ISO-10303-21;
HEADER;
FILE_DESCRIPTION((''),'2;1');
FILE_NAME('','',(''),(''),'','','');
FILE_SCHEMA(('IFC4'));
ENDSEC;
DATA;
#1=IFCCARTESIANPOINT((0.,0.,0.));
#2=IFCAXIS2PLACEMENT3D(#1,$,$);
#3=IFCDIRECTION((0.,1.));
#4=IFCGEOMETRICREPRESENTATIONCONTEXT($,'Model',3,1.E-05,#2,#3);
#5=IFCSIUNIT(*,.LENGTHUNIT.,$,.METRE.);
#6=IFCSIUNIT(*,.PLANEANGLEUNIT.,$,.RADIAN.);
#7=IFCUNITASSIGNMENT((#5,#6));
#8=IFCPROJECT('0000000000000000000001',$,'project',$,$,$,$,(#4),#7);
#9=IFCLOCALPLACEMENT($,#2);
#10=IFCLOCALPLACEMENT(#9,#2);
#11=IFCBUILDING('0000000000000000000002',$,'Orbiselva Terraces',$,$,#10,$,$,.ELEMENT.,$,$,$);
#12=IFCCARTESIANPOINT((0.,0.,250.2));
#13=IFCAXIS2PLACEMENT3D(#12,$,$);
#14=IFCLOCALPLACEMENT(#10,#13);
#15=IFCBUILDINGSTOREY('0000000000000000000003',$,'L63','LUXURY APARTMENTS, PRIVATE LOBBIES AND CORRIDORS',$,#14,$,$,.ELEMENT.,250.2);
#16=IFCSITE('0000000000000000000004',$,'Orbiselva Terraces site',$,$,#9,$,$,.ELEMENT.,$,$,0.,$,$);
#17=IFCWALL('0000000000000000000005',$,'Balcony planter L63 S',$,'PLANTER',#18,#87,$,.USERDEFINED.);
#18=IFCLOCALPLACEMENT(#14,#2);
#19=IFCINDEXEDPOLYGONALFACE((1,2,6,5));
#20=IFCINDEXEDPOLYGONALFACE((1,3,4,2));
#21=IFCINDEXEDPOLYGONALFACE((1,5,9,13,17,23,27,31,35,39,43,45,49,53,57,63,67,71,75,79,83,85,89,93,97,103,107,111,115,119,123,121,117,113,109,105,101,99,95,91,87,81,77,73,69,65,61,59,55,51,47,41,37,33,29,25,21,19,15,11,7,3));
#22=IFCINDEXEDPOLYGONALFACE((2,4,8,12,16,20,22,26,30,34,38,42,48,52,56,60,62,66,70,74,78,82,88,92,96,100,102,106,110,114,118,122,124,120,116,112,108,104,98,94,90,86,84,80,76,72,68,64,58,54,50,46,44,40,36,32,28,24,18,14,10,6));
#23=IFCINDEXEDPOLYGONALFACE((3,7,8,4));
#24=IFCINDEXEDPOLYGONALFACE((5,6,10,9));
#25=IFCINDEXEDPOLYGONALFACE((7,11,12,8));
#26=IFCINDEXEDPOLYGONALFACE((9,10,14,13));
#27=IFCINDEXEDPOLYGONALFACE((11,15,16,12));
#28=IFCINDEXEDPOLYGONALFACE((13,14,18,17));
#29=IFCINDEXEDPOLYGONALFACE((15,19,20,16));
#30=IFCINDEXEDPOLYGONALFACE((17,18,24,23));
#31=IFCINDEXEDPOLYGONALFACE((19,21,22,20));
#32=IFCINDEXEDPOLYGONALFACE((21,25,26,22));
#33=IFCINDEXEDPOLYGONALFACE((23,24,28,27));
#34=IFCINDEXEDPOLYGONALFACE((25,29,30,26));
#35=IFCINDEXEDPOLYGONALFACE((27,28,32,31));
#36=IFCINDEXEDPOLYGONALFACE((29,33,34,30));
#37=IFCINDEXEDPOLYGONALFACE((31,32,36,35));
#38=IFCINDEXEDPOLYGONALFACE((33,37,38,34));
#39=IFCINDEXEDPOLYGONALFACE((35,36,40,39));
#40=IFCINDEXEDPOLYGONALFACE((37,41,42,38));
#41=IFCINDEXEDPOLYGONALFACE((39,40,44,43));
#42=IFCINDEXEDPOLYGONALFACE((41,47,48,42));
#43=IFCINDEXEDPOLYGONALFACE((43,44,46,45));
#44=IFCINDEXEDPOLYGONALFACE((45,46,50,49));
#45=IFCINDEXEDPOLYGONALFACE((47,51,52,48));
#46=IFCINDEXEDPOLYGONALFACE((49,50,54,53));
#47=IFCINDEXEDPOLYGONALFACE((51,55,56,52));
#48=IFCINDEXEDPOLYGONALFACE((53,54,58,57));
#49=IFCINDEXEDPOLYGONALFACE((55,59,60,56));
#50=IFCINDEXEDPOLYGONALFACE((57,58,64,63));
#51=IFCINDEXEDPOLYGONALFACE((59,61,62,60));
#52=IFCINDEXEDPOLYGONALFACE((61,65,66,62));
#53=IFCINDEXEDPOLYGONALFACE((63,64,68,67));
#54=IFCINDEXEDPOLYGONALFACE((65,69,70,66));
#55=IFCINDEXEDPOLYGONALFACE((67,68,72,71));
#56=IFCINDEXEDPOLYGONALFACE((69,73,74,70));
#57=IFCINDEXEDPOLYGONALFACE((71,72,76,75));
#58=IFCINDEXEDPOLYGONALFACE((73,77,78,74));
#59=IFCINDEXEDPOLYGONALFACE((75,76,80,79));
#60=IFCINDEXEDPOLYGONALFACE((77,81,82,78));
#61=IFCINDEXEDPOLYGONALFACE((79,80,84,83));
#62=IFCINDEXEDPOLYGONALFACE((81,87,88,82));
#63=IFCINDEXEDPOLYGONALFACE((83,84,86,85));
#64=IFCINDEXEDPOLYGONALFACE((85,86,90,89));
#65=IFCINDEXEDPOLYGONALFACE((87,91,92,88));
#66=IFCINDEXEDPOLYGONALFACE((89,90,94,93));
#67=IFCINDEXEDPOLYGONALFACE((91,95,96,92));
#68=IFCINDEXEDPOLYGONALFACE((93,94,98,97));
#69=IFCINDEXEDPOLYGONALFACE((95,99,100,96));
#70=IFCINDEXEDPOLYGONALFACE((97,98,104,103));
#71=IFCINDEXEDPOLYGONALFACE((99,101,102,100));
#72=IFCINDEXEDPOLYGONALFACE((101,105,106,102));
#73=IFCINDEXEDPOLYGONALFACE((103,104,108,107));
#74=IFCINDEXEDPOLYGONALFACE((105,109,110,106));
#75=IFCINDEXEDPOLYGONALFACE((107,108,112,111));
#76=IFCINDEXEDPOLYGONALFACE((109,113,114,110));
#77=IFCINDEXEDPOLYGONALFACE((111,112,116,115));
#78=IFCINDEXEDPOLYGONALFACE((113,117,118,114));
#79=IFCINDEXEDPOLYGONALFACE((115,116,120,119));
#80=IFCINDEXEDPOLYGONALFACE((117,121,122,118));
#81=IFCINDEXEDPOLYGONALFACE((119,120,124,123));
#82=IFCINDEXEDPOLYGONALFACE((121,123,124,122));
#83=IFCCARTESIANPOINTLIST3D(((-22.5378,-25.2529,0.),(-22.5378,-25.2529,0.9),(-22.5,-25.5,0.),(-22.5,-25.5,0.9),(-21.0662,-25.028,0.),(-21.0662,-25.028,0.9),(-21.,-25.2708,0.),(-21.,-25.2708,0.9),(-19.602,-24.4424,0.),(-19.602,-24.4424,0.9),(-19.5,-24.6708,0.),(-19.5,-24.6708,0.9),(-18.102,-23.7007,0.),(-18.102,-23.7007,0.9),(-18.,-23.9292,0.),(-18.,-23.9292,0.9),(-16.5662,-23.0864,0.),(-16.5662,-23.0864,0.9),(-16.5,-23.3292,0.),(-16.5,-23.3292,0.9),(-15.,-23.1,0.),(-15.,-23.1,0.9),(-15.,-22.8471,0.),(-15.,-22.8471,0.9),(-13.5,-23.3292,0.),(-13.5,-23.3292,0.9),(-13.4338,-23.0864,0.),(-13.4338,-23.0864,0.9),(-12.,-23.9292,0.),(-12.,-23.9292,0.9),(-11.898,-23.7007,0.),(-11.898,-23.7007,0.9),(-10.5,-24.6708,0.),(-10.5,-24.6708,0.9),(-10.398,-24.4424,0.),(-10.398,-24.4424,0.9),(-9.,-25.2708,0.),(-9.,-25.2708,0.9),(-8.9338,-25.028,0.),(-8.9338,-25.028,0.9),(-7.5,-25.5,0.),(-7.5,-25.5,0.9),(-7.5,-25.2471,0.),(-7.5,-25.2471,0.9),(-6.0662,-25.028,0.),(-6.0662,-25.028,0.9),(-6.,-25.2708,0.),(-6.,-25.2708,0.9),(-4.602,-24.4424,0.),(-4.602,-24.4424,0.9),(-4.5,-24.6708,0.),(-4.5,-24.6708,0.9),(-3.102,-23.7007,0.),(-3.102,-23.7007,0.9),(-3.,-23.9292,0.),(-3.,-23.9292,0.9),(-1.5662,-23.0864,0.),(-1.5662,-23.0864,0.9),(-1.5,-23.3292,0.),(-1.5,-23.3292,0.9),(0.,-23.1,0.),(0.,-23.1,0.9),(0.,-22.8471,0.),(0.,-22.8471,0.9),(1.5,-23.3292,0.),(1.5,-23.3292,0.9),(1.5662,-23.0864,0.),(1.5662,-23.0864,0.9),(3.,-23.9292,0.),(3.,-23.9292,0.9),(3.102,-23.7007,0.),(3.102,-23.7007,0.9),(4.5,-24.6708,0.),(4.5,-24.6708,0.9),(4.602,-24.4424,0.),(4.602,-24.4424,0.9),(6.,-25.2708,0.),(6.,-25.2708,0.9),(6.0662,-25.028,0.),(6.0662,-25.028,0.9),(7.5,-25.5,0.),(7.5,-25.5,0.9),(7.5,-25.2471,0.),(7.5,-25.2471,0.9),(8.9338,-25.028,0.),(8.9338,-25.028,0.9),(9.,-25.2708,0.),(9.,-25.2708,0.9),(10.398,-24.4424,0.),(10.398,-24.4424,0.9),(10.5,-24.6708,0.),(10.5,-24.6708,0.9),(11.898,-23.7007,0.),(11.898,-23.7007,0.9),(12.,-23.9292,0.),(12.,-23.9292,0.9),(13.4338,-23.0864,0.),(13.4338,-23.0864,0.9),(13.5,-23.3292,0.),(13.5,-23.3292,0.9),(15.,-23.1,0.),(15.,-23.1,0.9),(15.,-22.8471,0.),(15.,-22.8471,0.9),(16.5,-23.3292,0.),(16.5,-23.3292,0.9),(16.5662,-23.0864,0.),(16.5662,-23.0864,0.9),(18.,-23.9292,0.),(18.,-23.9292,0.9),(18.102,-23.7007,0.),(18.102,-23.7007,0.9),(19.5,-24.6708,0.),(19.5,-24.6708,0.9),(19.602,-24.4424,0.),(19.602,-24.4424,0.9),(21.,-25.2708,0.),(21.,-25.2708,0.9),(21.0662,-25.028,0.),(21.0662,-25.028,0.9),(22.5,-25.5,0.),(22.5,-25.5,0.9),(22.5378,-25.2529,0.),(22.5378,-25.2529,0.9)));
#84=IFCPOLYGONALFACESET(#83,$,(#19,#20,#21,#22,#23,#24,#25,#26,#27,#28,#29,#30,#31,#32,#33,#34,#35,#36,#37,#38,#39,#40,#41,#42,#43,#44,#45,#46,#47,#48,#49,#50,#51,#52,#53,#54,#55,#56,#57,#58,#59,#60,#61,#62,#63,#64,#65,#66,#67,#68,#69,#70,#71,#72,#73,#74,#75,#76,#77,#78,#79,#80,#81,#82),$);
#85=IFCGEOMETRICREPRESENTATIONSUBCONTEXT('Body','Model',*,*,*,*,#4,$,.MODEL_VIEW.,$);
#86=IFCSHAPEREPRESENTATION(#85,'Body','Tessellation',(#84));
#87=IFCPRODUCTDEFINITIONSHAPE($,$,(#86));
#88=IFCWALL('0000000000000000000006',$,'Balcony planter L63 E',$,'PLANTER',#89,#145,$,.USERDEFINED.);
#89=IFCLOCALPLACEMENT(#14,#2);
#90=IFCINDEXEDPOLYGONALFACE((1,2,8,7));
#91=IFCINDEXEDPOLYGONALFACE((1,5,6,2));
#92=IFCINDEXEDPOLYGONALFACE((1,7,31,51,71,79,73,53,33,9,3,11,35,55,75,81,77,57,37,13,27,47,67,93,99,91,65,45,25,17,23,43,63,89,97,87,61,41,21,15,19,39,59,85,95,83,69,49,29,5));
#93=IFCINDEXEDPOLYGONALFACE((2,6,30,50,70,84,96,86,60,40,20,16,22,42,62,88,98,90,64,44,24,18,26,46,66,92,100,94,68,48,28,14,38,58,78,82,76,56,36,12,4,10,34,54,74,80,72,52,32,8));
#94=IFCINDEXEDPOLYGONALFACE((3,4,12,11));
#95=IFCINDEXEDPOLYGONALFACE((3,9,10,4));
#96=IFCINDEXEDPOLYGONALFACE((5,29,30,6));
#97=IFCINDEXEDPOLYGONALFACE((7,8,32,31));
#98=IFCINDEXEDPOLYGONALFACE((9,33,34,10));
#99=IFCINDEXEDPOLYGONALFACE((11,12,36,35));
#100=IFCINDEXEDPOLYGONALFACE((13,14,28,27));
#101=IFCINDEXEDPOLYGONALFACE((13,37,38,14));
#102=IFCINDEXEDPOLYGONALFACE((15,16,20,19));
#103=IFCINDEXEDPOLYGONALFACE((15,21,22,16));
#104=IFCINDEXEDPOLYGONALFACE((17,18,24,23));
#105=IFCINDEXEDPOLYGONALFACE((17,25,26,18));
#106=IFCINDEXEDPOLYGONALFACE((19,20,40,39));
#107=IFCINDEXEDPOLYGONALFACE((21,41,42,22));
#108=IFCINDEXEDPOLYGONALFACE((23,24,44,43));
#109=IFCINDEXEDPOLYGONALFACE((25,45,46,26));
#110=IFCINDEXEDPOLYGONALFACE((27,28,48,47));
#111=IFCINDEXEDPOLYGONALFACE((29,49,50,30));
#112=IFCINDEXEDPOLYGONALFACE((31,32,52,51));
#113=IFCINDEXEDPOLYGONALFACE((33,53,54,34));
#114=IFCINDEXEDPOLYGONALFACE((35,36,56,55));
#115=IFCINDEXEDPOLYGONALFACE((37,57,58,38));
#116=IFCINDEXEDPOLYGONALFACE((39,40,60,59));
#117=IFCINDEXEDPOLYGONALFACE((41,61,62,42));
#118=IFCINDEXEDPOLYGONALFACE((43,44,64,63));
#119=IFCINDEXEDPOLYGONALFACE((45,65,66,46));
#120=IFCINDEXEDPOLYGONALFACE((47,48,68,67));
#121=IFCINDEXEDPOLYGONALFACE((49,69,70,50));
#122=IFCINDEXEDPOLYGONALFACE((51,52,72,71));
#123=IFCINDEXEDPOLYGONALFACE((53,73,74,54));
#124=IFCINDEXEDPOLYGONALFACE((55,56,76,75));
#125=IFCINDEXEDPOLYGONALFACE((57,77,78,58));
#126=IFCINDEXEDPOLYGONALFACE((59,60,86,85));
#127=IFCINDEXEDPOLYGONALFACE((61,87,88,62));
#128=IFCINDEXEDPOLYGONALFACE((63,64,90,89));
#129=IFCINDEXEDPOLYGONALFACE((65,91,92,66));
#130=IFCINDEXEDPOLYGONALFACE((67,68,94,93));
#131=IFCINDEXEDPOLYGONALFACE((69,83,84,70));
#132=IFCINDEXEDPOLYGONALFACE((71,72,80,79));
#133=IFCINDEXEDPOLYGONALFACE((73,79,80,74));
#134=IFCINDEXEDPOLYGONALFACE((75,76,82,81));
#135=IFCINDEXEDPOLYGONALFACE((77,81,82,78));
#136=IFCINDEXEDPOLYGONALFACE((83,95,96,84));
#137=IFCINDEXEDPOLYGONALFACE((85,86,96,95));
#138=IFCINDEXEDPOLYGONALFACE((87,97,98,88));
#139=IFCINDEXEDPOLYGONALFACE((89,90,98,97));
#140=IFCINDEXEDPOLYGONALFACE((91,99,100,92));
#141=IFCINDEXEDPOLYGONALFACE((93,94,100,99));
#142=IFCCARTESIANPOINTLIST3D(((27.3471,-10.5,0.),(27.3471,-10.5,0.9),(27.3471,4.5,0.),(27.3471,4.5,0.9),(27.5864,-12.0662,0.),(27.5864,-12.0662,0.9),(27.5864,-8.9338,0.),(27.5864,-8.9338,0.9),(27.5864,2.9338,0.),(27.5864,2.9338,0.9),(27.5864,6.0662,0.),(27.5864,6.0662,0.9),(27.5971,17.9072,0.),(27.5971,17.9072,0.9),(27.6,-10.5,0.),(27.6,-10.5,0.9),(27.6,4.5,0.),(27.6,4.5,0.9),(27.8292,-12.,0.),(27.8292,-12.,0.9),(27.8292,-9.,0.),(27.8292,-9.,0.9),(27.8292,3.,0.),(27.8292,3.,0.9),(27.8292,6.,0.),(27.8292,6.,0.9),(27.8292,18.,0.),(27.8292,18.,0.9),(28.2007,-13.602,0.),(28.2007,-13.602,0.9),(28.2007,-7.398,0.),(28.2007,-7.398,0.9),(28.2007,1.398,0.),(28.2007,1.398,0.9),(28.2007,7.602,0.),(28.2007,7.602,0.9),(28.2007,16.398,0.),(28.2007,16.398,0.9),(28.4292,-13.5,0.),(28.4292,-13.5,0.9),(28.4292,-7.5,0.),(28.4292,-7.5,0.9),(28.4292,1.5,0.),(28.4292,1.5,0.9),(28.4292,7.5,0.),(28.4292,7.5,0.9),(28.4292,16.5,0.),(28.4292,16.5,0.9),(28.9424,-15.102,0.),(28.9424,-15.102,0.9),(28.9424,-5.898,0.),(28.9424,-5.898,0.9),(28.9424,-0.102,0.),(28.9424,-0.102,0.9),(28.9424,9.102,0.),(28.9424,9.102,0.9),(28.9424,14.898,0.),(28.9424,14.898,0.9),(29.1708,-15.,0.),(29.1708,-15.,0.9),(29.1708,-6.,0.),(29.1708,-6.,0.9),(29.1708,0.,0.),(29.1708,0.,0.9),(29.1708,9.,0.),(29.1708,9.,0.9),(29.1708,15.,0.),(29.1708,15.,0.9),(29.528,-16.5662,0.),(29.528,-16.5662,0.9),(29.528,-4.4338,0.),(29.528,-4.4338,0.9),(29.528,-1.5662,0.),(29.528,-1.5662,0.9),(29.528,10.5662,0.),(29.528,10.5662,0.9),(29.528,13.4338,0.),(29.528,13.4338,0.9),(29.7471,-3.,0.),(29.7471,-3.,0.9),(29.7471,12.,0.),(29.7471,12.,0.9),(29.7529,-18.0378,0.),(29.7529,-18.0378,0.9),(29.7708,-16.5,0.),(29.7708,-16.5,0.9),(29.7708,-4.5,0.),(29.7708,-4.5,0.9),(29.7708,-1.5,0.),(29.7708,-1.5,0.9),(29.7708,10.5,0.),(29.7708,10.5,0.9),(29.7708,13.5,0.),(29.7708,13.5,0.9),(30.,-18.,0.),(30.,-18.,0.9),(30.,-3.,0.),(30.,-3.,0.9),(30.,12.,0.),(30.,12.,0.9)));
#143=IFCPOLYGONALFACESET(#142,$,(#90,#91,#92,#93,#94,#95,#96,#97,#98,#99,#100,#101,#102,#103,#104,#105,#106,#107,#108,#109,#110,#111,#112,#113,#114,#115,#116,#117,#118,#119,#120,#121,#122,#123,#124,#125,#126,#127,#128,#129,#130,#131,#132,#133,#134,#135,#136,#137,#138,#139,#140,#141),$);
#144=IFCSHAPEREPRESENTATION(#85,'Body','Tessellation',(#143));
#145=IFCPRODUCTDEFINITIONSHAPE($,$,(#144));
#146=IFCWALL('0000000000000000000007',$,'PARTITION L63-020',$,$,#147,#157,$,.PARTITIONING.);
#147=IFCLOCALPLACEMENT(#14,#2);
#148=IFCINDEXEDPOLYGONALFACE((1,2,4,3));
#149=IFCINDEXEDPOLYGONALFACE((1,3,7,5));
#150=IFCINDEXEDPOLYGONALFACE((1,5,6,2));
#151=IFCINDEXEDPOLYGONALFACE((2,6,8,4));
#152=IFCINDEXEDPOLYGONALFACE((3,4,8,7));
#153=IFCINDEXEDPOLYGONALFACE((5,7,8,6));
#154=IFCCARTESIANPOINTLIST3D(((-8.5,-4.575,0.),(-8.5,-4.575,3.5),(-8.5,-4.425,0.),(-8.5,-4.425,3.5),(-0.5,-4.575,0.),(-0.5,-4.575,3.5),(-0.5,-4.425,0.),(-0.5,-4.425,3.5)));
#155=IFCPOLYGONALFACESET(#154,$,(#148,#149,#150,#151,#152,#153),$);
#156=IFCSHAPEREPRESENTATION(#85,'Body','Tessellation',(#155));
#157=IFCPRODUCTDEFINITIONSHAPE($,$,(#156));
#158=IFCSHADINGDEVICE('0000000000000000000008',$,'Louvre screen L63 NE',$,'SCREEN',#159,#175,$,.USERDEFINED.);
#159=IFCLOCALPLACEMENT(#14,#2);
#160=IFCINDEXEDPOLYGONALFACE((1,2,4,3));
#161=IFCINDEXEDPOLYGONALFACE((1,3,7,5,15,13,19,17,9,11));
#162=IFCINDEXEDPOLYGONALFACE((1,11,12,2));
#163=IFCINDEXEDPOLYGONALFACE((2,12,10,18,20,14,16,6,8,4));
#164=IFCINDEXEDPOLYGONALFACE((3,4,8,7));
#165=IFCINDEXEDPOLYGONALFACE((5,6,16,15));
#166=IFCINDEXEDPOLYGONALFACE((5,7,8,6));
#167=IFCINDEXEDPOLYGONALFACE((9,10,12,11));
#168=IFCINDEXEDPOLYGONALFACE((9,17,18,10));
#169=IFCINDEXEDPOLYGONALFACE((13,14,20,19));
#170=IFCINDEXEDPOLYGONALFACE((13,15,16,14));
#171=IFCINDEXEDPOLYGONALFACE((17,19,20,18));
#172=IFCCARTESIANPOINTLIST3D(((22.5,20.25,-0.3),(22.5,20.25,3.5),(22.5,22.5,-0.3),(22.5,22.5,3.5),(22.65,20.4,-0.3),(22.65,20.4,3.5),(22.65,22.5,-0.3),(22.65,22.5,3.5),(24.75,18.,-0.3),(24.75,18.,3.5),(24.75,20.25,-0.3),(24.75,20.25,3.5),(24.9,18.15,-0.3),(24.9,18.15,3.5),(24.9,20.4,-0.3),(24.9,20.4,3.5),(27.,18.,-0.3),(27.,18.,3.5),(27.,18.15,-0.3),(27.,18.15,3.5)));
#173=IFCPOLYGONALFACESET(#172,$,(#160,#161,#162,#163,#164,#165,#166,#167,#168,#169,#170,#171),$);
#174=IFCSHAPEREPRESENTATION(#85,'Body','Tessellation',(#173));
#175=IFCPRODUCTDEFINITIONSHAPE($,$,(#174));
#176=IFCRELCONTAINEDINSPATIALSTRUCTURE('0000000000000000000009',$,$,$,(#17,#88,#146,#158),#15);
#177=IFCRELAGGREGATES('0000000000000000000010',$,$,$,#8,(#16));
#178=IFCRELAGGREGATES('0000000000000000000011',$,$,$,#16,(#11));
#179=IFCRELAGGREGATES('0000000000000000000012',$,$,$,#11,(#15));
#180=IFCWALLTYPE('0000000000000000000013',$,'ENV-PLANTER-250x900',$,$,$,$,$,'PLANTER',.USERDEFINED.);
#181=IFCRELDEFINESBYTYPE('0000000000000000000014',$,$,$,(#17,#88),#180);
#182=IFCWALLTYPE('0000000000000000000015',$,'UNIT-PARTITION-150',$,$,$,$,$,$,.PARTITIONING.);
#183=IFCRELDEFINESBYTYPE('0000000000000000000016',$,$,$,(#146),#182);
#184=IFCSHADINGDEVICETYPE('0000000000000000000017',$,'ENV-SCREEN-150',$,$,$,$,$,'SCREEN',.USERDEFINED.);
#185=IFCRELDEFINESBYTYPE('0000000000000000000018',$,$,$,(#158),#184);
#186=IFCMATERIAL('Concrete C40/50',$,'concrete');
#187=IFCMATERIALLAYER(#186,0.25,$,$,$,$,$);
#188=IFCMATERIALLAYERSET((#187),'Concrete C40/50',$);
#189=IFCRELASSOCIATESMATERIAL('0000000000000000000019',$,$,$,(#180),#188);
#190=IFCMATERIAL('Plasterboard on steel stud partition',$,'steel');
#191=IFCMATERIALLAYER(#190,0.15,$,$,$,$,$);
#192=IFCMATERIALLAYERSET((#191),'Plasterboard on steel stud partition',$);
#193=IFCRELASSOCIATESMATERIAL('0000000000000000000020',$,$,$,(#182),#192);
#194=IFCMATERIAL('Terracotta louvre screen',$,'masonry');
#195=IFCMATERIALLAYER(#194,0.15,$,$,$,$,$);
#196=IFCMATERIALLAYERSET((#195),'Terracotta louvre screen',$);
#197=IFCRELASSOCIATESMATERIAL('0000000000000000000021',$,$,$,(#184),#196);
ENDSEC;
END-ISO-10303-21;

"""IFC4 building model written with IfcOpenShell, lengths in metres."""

from ifc_helpers import new_model, si_unit, direction, frame, frame_2d, origin, place, context, subcontext, project, spatial, polyline, rectangle, outline, extrude, material, layer, layer_set, type_object, element, save


model = new_model("IFC4")

# Units and contexts
model_context = context("Model", 3, precision=1e-05, world=origin(), true_north=direction((0.0, 1.0)))
body_context = subcontext(model_context, "Body", "Model", "MODEL_VIEW")
ifc_project = project(units=[si_unit("LENGTHUNIT", "METRE"), si_unit("PLANEANGLEUNIT", "RADIAN")], contexts=[model_context])

# Site, building, storey
site_placement = place(None, origin())
site = spatial("IfcSite", under=ifc_project, at=site_placement, Name="Orbiselva Terraces site", CompositionType="ELEMENT", RefElevation=0.0)
building_placement = place(site_placement, origin())
building = spatial("IfcBuilding", under=site, at=building_placement, Name="Orbiselva Terraces", CompositionType="ELEMENT")
storey_placement = place(building_placement, frame((0.0, 0.0, 250.2)))
storey = spatial("IfcBuildingStorey", under=building, at=storey_placement, Name="L63", Description="LUXURY APARTMENTS, PRIVATE LOBBIES AND CORRIDORS", CompositionType="ELEMENT", Elevation=250.2)

# Walls
ifc_material_1 = material(Name="Concrete C40/50", Category="concrete")
ifc_layer_1 = layer(ifc_material_1, 0.25)
ifc_layer_set_1 = layer_set([ifc_layer_1], Name="Concrete C40/50")
wall_type_1 = type_object("IfcWallType", Name="ENV-PLANTER-250x900", ElementType="PLANTER", PredefinedType="USERDEFINED", material=ifc_layer_set_1)
wall_1_placement = place(storey_placement, origin())
element("IfcWall", 1, at=wall_1_placement, inside=storey, type_object=wall_type_1, Name="Balcony planter L63 S", ObjectType="PLANTER", PredefinedType="USERDEFINED", context=body_context, shape_type="SweptSolid", body=[
    extrude(outline(polyline([(-22.5, -25.5), (-21.0, -25.2708), (-19.5, -24.6708), (-18.0, -23.9292), (-16.5, -23.3292), (-15.0, -23.1), (-13.5, -23.3292), (-12.0, -23.9292), (-10.5, -24.6708), (-9.0, -25.2708), (-7.5, -25.5), (-6.0, -25.2708), (-4.5, -24.6708), (-3.0, -23.9292), (-1.5, -23.3292), (0.0, -23.1), (1.5, -23.3292), (3.0, -23.9292), (4.5, -24.6708), (6.0, -25.2708), (7.5, -25.5), (9.0, -25.2708), (10.5, -24.6708), (12.0, -23.9292), (13.5, -23.3292), (15.0, -23.1), (16.5, -23.3292), (18.0, -23.9292), (19.5, -24.6708), (21.0, -25.2708), (22.5, -25.5), (22.5378, -25.2529), (21.0662, -25.028), (19.602, -24.4424), (18.102, -23.7007), (16.5662, -23.0864), (15.0, -22.8471), (13.4338, -23.0864), (11.898, -23.7007), (10.398, -24.4424), (8.9338, -25.028), (7.5, -25.2471), (6.0662, -25.028), (4.602, -24.4424), (3.102, -23.7007), (1.5662, -23.0864), (0.0, -22.8471), (-1.5662, -23.0864), (-3.102, -23.7007), (-4.602, -24.4424), (-6.0662, -25.028), (-7.5, -25.2471), (-8.9338, -25.028), (-10.398, -24.4424), (-11.898, -23.7007), (-13.4338, -23.0864), (-15.0, -22.8471), (-16.5662, -23.0864), (-18.102, -23.7007), (-19.602, -24.4424), (-21.0662, -25.028), (-22.5378, -25.2529), (-22.5, -25.5)])), origin(), (0.0, 0.0, 1.0), 0.9),
])
wall_2_placement = place(storey_placement, origin())
element("IfcWall", 2, at=wall_2_placement, inside=storey, type_object=wall_type_1, Name="Balcony planter L63 E", ObjectType="PLANTER", PredefinedType="USERDEFINED", context=body_context, shape_type="SweptSolid", body=[
    extrude(outline(polyline([(30.0, -18.0), (29.7708, -16.5), (29.1708, -15.0), (28.4292, -13.5), (27.8292, -12.0), (27.6, -10.5), (27.8292, -9.0), (28.4292, -7.5), (29.1708, -6.0), (29.7708, -4.5), (30.0, -3.0), (29.7708, -1.5), (29.1708, 0.0), (28.4292, 1.5), (27.8292, 3.0), (27.6, 4.5), (27.8292, 6.0), (28.4292, 7.5), (29.1708, 9.0), (29.7708, 10.5), (30.0, 12.0), (29.7708, 13.5), (29.1708, 15.0), (28.4292, 16.5), (27.8292, 18.0), (27.5971, 17.9072), (28.2007, 16.398), (28.9424, 14.898), (29.528, 13.4338), (29.7471, 12.0), (29.528, 10.5662), (28.9424, 9.102), (28.2007, 7.602), (27.5864, 6.0662), (27.3471, 4.5), (27.5864, 2.9338), (28.2007, 1.398), (28.9424, -0.102), (29.528, -1.5662), (29.7471, -3.0), (29.528, -4.4338), (28.9424, -5.898), (28.2007, -7.398), (27.5864, -8.9338), (27.3471, -10.5), (27.5864, -12.0662), (28.2007, -13.602), (28.9424, -15.102), (29.528, -16.5662), (29.7529, -18.0378), (30.0, -18.0)])), origin(), (0.0, 0.0, 1.0), 0.9),
])
ifc_material_2 = material(Name="Plasterboard on steel stud partition", Category="steel")
ifc_layer_2 = layer(ifc_material_2, 0.15)
ifc_layer_set_2 = layer_set([ifc_layer_2], Name="Plasterboard on steel stud partition")
wall_type_2 = type_object("IfcWallType", Name="UNIT-PARTITION-150", PredefinedType="PARTITIONING", material=ifc_layer_set_2)
wall_3_placement = place(storey_placement, frame((-8.5, -4.5, 0.0), z_axis=(0.0, 0.0, 1.0), x_axis=(1.0, 0.0, 0.0)))
element("IfcWall", 3, at=wall_3_placement, inside=storey, type_object=wall_type_2, Name="PARTITION L63-020", PredefinedType="PARTITIONING", context=body_context, shape_type="SweptSolid", body=[
    extrude(rectangle(XDim=8.0, YDim=0.15, at=frame_2d((4.0, 0.0))), origin(), (0.0, 0.0, 1.0), 3.5),
])

# Shading device
ifc_material_3 = material(Name="Terracotta louvre screen", Category="masonry")
ifc_layer_3 = layer(ifc_material_3, 0.15)
ifc_layer_set_3 = layer_set([ifc_layer_3], Name="Terracotta louvre screen")
shading_device_type_1 = type_object("IfcShadingDeviceType", Name="ENV-SCREEN-150", ElementType="SCREEN", PredefinedType="USERDEFINED", material=ifc_layer_set_3)
shading_device_1_placement = place(storey_placement, frame((0.0, 0.0, -0.3)))
element("IfcShadingDevice", 4, at=shading_device_1_placement, inside=storey, type_object=shading_device_type_1, Name="Louvre screen L63 NE", ObjectType="SCREEN", PredefinedType="USERDEFINED", context=body_context, shape_type="SweptSolid", body=[
    extrude(outline(polyline([(27.0, 18.15), (24.9, 18.15), (24.9, 20.4), (22.65, 20.4), (22.65, 22.5), (22.5, 22.5), (22.5, 20.25), (24.75, 20.25), (24.75, 18.0), (27.0, 18.0), (27.0, 18.15)])), origin(), (0.0, 0.0, 1.0), 3.8),
])

save(model, "model.ifc")
